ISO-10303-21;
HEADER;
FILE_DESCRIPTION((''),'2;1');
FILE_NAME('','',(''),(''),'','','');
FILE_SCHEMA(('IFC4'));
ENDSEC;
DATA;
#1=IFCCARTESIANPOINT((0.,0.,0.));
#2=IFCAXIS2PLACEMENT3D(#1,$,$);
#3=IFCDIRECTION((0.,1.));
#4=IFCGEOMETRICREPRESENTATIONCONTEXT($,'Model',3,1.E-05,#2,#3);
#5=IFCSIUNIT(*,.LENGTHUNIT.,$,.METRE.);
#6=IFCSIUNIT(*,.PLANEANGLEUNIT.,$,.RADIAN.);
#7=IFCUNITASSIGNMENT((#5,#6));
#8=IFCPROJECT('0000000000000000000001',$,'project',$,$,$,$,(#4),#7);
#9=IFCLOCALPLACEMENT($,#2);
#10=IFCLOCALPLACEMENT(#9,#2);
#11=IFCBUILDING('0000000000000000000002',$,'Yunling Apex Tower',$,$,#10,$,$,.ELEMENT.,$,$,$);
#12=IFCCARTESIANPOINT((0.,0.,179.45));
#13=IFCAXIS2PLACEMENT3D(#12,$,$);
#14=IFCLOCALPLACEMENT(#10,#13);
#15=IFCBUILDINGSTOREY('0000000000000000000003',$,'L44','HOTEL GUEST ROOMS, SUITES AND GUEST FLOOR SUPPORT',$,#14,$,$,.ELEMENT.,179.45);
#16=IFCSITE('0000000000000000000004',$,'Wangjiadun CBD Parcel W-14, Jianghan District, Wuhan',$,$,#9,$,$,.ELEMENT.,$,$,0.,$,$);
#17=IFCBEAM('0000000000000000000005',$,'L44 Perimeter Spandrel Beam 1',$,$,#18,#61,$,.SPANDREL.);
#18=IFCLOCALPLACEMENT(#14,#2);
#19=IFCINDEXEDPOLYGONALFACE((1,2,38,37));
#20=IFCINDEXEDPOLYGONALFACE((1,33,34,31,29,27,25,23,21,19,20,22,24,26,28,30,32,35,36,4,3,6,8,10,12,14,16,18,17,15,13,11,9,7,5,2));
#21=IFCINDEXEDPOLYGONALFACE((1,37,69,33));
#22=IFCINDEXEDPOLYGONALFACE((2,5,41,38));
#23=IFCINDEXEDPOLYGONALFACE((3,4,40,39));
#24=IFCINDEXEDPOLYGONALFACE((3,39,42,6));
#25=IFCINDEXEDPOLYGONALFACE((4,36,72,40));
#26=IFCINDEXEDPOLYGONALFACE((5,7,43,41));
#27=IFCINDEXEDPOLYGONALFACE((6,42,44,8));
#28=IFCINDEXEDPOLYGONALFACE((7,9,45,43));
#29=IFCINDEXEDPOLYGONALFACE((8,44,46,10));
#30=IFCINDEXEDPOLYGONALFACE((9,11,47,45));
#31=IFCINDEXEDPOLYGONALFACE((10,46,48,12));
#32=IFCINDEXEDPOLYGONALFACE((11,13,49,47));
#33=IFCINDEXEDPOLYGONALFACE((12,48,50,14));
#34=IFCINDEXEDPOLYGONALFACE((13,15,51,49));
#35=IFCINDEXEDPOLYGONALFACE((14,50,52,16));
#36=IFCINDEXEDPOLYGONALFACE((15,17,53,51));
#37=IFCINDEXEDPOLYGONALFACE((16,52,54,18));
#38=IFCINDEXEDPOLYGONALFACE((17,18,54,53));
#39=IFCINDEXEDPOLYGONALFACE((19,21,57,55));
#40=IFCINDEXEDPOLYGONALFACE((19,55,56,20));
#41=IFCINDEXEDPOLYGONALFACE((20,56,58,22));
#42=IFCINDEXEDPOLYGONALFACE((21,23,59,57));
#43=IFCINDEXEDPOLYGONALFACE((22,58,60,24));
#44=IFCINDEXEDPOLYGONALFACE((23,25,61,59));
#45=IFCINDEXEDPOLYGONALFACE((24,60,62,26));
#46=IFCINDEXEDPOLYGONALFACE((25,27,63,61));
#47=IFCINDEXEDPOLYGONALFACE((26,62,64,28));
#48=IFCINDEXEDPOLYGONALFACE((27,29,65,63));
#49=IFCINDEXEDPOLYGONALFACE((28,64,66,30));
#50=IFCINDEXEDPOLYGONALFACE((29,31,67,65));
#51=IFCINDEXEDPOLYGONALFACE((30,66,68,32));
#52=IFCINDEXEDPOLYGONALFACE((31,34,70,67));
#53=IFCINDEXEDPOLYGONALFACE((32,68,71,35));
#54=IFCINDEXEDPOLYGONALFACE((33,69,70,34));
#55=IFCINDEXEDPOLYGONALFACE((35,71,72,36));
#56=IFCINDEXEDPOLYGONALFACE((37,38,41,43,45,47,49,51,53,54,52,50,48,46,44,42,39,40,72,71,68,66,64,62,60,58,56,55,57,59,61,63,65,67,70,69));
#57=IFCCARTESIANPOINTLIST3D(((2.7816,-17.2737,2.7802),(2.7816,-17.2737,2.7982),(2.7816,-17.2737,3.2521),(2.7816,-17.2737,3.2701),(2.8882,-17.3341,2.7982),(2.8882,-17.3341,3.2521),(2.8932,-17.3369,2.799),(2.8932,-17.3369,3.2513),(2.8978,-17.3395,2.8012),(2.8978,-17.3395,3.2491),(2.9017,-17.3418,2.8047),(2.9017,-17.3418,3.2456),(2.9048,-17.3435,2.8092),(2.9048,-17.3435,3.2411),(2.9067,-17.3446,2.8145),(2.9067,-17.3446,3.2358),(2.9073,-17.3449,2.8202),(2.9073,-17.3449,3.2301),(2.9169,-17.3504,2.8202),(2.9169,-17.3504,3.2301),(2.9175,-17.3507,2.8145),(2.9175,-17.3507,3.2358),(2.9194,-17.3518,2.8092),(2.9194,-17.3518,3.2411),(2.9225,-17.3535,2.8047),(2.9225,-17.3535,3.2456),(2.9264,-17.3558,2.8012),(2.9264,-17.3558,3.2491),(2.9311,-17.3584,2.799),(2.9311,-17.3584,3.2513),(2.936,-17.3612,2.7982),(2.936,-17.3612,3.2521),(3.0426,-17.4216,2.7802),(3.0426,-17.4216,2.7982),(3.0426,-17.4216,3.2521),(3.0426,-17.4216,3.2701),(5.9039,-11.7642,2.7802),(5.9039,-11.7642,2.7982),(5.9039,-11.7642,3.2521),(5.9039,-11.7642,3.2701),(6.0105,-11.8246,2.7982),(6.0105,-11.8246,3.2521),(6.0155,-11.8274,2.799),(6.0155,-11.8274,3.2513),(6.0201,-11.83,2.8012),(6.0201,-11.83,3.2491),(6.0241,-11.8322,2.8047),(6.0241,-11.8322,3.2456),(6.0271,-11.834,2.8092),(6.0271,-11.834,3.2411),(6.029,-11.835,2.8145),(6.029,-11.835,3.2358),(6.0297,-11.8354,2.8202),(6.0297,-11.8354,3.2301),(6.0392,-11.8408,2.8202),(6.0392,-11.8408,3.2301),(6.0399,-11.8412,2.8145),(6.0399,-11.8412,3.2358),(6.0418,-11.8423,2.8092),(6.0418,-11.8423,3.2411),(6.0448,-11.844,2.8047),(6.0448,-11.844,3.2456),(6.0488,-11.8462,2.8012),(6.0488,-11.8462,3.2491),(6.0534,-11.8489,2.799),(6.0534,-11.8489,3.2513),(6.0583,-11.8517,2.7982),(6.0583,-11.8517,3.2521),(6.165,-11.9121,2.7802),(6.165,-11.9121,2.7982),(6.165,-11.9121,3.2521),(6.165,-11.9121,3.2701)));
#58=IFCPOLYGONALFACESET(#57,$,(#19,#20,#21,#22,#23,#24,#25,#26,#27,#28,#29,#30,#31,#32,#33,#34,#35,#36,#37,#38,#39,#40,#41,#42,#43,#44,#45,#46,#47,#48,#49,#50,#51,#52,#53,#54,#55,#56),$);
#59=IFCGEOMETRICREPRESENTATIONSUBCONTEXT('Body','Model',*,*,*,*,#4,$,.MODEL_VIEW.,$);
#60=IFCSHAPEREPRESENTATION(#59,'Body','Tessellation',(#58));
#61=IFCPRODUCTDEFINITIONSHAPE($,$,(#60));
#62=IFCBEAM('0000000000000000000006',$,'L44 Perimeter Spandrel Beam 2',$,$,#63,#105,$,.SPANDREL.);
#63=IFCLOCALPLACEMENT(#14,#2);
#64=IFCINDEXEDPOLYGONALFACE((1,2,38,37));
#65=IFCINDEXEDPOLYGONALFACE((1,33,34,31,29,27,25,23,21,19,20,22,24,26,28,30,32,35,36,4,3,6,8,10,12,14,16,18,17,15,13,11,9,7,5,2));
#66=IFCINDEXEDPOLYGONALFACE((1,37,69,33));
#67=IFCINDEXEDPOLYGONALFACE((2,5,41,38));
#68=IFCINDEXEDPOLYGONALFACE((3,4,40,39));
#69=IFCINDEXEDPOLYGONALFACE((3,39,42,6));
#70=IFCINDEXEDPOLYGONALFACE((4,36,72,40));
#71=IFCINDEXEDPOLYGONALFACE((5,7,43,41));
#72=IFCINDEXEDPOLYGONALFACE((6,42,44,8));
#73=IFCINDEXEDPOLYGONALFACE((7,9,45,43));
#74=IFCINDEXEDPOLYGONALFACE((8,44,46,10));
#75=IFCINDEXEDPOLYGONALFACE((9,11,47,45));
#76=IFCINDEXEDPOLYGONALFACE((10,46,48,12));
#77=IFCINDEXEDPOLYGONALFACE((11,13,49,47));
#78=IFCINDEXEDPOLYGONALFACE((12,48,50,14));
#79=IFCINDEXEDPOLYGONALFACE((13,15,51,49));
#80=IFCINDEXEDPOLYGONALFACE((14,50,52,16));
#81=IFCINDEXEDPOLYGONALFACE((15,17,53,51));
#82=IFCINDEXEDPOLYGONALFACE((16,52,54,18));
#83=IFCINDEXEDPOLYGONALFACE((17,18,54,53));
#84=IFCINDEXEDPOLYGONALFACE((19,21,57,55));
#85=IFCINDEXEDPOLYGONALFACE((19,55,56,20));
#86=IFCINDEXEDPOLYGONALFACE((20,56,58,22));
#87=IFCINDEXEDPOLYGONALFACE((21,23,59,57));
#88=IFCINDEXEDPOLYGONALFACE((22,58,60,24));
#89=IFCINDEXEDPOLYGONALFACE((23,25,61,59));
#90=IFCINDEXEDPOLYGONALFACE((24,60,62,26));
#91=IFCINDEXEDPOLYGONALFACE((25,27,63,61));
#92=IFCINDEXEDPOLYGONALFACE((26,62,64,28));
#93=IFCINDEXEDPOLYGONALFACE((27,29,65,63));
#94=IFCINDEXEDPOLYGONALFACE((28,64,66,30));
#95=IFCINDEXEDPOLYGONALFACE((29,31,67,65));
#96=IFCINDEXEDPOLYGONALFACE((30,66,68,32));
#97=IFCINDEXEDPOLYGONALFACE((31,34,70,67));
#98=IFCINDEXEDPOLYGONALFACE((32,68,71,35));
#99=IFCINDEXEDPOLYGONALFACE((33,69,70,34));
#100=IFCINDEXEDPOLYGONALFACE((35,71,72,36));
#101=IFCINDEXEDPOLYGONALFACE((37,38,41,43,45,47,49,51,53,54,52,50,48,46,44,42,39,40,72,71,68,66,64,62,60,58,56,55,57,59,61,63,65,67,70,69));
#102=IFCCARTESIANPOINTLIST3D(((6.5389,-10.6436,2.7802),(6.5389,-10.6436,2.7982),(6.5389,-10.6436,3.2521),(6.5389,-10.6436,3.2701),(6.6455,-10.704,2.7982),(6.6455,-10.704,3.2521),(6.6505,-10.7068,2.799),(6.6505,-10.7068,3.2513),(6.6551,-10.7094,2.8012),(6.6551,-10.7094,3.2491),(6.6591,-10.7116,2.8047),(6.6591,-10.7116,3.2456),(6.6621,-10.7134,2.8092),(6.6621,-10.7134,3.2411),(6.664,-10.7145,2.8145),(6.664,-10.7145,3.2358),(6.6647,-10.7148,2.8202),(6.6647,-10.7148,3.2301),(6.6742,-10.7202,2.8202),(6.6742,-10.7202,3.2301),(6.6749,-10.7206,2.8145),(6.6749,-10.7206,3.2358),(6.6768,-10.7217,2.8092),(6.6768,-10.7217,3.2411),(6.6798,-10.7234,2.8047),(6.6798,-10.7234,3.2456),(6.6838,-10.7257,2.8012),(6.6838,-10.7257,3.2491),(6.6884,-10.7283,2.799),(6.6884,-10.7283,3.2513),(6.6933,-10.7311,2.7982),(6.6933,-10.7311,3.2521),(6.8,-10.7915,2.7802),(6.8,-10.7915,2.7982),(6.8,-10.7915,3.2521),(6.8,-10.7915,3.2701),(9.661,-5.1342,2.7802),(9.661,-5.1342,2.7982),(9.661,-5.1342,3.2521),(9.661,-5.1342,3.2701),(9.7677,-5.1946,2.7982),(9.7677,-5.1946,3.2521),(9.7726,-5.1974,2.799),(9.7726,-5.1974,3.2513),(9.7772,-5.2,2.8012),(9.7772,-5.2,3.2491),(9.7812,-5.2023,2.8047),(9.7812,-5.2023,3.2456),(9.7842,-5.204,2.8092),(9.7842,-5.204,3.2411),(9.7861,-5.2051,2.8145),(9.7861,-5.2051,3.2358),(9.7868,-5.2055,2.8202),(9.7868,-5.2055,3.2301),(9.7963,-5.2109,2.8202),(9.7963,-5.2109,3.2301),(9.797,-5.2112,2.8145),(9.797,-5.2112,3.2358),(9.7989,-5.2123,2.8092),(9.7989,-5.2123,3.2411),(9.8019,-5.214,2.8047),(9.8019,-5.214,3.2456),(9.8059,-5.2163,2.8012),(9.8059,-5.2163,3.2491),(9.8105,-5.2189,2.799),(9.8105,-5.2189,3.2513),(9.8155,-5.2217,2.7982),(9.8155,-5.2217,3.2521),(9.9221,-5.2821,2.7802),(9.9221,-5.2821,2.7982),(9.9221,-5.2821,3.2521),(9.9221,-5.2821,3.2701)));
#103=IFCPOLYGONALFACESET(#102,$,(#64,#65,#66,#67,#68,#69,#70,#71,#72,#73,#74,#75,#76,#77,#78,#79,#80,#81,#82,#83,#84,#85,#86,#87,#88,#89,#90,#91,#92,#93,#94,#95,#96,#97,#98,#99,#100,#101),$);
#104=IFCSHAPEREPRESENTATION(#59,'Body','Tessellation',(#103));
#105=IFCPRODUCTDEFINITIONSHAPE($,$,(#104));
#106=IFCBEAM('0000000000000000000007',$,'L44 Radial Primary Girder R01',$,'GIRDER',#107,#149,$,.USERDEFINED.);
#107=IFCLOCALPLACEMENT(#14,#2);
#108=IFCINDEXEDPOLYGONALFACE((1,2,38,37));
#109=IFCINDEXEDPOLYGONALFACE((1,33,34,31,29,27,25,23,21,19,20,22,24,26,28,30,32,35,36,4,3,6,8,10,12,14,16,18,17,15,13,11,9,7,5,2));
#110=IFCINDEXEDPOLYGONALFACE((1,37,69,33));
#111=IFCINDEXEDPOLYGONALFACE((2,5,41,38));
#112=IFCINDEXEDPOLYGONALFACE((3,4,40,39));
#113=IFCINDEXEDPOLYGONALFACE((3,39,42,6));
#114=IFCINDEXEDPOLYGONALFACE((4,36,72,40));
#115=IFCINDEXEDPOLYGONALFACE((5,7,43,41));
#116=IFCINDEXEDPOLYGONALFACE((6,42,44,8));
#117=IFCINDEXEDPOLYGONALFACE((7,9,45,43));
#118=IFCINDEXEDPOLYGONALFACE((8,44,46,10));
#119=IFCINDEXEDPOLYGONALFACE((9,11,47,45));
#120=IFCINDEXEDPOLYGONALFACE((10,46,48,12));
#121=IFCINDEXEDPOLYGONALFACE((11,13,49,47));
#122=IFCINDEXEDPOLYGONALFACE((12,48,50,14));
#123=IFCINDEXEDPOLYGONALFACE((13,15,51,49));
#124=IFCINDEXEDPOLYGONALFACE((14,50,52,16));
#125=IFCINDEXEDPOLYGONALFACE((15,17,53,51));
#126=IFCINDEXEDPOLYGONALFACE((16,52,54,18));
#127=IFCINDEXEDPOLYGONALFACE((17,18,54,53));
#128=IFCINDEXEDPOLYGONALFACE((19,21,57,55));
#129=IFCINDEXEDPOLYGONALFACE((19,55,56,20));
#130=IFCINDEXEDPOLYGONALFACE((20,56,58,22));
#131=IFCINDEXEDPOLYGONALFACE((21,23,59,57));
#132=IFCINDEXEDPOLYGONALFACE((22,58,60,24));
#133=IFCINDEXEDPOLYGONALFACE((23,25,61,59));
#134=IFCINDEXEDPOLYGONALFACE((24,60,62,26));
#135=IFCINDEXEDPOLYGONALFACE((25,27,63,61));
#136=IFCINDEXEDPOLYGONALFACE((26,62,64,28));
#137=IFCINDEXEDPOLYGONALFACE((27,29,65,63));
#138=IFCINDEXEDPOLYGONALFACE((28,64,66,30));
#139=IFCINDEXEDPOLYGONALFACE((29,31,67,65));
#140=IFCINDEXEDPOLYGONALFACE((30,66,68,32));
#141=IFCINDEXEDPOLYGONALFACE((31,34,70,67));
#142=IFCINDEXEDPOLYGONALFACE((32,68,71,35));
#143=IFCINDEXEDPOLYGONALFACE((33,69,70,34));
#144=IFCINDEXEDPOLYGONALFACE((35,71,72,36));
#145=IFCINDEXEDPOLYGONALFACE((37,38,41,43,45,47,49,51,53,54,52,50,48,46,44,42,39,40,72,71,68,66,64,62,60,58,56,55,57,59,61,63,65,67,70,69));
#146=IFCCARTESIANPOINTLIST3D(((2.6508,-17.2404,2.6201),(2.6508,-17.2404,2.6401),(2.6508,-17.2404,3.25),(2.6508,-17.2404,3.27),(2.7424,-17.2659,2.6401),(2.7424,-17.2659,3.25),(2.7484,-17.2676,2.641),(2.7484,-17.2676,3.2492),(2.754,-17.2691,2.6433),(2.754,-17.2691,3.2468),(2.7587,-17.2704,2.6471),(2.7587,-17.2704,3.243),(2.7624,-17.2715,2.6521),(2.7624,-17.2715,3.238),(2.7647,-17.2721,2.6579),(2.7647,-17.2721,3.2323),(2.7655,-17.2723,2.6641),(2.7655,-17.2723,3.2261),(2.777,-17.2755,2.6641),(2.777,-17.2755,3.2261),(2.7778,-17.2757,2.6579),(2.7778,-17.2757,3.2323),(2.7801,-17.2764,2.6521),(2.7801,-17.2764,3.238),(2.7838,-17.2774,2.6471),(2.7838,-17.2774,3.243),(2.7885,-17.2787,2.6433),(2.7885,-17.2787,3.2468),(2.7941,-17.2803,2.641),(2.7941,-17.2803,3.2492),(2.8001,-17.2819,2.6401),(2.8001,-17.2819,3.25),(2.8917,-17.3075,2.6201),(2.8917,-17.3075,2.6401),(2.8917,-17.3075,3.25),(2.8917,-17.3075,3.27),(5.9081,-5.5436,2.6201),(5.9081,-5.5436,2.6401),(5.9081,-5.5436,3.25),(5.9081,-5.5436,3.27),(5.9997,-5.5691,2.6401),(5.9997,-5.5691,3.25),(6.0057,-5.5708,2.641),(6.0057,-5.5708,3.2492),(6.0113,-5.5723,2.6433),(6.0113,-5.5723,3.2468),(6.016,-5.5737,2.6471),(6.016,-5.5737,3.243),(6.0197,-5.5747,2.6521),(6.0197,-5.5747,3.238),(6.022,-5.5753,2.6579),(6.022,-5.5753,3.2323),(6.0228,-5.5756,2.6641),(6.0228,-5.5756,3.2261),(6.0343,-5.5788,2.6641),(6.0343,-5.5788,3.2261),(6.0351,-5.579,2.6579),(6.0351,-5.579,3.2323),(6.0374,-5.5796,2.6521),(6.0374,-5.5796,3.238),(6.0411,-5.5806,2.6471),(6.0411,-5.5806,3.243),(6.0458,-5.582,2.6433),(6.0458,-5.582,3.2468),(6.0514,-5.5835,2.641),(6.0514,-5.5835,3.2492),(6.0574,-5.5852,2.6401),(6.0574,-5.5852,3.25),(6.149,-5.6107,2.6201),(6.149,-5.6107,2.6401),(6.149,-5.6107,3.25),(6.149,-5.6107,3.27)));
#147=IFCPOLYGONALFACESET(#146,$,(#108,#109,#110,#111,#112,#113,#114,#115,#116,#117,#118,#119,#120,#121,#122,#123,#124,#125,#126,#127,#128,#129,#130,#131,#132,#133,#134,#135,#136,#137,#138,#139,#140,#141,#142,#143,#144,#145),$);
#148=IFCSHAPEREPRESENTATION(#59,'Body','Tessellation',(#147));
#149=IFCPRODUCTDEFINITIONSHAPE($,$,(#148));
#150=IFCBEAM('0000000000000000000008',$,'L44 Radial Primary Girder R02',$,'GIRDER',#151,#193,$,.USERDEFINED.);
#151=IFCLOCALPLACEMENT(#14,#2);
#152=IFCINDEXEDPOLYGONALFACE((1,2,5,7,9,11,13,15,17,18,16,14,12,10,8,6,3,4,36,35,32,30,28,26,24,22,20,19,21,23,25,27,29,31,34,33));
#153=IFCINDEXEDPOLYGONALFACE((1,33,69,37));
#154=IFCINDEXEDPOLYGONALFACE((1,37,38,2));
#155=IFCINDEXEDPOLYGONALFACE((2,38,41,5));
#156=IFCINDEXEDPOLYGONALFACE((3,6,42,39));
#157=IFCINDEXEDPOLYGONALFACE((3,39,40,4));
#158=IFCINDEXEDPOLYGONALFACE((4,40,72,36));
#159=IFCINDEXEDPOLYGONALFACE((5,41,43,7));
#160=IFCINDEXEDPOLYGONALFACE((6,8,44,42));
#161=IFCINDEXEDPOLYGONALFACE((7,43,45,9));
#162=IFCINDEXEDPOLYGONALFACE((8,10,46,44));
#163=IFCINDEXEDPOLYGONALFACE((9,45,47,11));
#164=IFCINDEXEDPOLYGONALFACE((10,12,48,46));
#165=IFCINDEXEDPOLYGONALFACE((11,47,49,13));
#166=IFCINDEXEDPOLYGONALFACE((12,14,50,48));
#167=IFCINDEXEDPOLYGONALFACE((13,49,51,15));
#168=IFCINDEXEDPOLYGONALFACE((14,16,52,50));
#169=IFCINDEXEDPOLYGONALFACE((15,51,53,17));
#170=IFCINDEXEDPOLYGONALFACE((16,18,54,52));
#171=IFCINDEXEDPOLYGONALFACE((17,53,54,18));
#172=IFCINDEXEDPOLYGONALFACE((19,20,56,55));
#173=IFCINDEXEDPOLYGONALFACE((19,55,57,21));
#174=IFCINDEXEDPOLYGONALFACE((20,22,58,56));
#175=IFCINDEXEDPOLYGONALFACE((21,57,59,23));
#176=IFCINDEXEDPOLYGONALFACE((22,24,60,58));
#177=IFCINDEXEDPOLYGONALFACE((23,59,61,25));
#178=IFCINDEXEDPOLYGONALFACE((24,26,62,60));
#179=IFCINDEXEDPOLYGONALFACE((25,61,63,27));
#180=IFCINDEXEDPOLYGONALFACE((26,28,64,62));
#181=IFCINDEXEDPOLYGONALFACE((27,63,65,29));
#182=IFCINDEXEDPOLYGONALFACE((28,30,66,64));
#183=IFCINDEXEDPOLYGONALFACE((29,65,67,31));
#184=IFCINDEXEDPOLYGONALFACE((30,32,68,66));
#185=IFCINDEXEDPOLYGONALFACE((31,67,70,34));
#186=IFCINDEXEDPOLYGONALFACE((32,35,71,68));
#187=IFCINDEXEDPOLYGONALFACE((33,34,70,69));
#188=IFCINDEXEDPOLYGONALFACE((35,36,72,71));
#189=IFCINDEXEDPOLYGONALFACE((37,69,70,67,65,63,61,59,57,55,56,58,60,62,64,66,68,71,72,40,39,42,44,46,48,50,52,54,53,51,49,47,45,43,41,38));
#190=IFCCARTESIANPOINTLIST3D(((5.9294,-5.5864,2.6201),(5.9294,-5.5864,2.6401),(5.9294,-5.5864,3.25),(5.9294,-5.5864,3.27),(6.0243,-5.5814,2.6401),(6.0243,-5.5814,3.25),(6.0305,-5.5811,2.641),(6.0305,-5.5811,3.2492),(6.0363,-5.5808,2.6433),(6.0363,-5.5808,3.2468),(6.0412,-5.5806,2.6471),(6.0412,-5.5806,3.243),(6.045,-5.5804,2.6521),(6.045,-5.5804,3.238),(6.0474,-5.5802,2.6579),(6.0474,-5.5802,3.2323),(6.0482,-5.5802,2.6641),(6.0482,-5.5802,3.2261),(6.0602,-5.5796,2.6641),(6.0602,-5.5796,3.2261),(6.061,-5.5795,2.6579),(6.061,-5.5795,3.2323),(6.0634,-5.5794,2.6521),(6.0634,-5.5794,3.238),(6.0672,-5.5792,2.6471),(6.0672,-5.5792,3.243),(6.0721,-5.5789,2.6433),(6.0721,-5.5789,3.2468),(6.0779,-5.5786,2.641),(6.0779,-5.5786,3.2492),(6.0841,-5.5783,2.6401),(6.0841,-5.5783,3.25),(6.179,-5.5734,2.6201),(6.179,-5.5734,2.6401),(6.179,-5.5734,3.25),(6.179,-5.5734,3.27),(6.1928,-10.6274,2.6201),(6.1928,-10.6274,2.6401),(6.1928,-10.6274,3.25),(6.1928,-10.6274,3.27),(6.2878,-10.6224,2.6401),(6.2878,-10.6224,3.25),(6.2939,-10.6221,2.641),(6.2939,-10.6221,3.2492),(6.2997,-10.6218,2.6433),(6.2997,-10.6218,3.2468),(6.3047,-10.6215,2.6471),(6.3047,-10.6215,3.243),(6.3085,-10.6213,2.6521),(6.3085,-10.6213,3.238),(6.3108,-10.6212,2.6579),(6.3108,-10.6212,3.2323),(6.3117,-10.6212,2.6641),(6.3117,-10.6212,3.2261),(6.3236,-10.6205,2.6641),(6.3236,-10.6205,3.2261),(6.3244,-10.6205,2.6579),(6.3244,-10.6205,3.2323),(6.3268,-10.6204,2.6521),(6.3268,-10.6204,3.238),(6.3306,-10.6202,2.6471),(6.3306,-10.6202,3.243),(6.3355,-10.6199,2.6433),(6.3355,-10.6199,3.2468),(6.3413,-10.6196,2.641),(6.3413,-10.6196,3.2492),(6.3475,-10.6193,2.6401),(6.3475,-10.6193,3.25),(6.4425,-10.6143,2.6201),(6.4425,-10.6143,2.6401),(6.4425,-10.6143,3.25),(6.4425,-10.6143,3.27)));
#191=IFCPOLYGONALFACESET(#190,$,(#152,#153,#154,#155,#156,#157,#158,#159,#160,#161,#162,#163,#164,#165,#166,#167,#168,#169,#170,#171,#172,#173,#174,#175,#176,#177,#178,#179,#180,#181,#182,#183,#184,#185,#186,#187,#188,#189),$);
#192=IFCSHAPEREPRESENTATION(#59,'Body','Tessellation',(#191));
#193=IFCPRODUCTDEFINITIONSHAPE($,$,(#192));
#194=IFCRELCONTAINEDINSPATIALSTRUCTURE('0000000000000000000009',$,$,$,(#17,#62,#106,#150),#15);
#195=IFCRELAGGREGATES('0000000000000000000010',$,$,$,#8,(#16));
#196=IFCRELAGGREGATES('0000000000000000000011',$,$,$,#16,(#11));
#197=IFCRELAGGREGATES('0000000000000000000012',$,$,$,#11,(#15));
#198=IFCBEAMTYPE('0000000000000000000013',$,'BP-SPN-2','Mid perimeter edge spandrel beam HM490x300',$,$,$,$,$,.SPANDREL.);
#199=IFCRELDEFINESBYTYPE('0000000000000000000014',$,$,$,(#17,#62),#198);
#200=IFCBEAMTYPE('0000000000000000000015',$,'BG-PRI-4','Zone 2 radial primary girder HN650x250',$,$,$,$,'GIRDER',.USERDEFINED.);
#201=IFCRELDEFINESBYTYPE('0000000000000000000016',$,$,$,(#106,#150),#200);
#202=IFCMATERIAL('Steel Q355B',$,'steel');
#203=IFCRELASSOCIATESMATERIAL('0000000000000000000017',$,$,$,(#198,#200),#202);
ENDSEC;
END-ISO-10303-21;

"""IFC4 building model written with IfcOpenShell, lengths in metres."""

from ifc_helpers import new_model, si_unit, direction, frame, origin, origin_2d, place, context, subcontext, project, spatial, i_section, extrude, source, transform, mapped, material, material_profile, profile_set, type_object, element, save


model = new_model("IFC4")

# Units and contexts
model_context = context("Model", 3, precision=1e-05, world=origin(), true_north=direction((0.0, 1.0)))
body_context = subcontext(model_context, "Body", "Model", "MODEL_VIEW")
ifc_project = project(units=[si_unit("LENGTHUNIT", "METRE"), si_unit("PLANEANGLEUNIT", "RADIAN")], contexts=[model_context])

# Site, building, storey
site_placement = place(None, origin())
site = spatial("IfcSite", under=ifc_project, at=site_placement, Name="Wangjiadun CBD Parcel W-14, Jianghan District, Wuhan", CompositionType="ELEMENT", RefElevation=0.0)
building_placement = place(site_placement, origin())
building = spatial("IfcBuilding", under=site, at=building_placement, Name="Yunling Apex Tower", CompositionType="ELEMENT")
storey_placement = place(building_placement, frame((0.0, 0.0, 179.45)))
storey = spatial("IfcBuildingStorey", under=building, at=storey_placement, Name="L44", Description="HOTEL GUEST ROOMS, SUITES AND GUEST FLOOR SUPPORT", CompositionType="ELEMENT", Elevation=179.45)

# Beams
ifc_material_1 = material(Name="Steel Q355B", Category="steel")
ifc_material_profile_1 = material_profile(ifc_material_1, i_section(OverallWidth=0.3, OverallDepth=0.49, WebThickness=0.011, FlangeThickness=0.0181, FilletRadius=0.022, at=origin_2d()))
ifc_profile_set_1 = profile_set([ifc_material_profile_1], Name="Steel Q355B")
beam_type_1 = type_object("IfcBeamType", Name="BP-SPN-2", Description="Mid perimeter edge spandrel beam HM490x300", PredefinedType="SPANDREL", material=ifc_profile_set_1)
shared_shape_1 = source(origin(), body_context, "Body", "SweptSolid", [
    extrude(i_section(OverallWidth=0.3, OverallDepth=0.49, WebThickness=0.011, FlangeThickness=0.0181, FilletRadius=0.022, at=origin_2d()), origin(), (0.0, 0.0, 1.0), 6.3328),
])
beam_1_placement = place(storey_placement, frame((2.9121, -17.3477, 3.0251), z_axis=(0.493043, 0.870005, 0.0), x_axis=(-0.870005, 0.493043, 0.0)))
element("IfcBeam", 1, at=beam_1_placement, inside=storey, type_object=beam_type_1, Name="L44 Perimeter Spandrel Beam 1", PredefinedType="SPANDREL", context=body_context, shape_type="MappedRepresentation", body=[
    mapped(shared_shape_1, transform((0.0, 0.0, 0.0), scale=1.0)),
])
shared_shape_2 = source(origin(), body_context, "Body", "SweptSolid", [
    extrude(i_section(OverallWidth=0.3, OverallDepth=0.49, WebThickness=0.011, FlangeThickness=0.0181, FilletRadius=0.022, at=origin_2d()), origin(), (0.0, 0.0, 1.0), 6.3325),
])
beam_2_placement = place(storey_placement, frame((6.6694, -10.7175, 3.0251), z_axis=(0.49303, 0.870012, 0.0), x_axis=(-0.870012, 0.49303, 0.0)))
element("IfcBeam", 2, at=beam_2_placement, inside=storey, type_object=beam_type_1, Name="L44 Perimeter Spandrel Beam 2", PredefinedType="SPANDREL", context=body_context, shape_type="MappedRepresentation", body=[
    mapped(shared_shape_2, transform((0.0, 0.0, 0.0), scale=1.0)),
])
ifc_material_profile_2 = material_profile(ifc_material_1, i_section(OverallWidth=0.25, OverallDepth=0.6499, WebThickness=0.012, FlangeThickness=0.02, FilletRadius=0.0239, at=origin_2d()))
ifc_profile_set_2 = profile_set([ifc_material_profile_2], Name="Steel Q355B")
beam_type_2 = type_object("IfcBeamType", Name="BG-PRI-4", Description="Zone 2 radial primary girder HN650x250", ElementType="GIRDER", PredefinedType="USERDEFINED", material=ifc_profile_set_2)
shared_shape_3 = source(origin(), body_context, "Body", "SweptSolid", [
    extrude(i_section(OverallWidth=0.25, OverallDepth=0.6499, WebThickness=0.012, FlangeThickness=0.02, FilletRadius=0.0239, at=origin_2d()), origin(), (0.0, 0.0, 1.0), 12.1418),
])
beam_3_placement = place(storey_placement, frame((2.7712, -17.2739, 2.9451), z_axis=(0.268272, 0.963343, 0.0), x_axis=(-0.963343, 0.268272, 0.0)))
element("IfcBeam", 3, at=beam_3_placement, inside=storey, type_object=beam_type_2, Name="L44 Radial Primary Girder R01", ObjectType="GIRDER", PredefinedType="USERDEFINED", context=body_context, shape_type="MappedRepresentation", body=[
    mapped(shared_shape_3, transform((0.0, 0.0, 0.0), scale=1.0)),
])
shared_shape_4 = source(origin(), body_context, "Body", "SweptSolid", [
    extrude(i_section(OverallWidth=0.25, OverallDepth=0.6499, WebThickness=0.012, FlangeThickness=0.02, FilletRadius=0.0239, at=origin_2d()), origin(), (0.0, 0.0, 1.0), 5.0479),
])
beam_4_placement = place(storey_placement, frame((6.3176, -10.6208, 2.9451), z_axis=(-0.052186, 0.998637, 0.0), x_axis=(-0.998637, -0.052186, 0.0)))
element("IfcBeam", 4, at=beam_4_placement, inside=storey, type_object=beam_type_2, Name="L44 Radial Primary Girder R02", ObjectType="GIRDER", PredefinedType="USERDEFINED", context=body_context, shape_type="MappedRepresentation", body=[
    mapped(shared_shape_4, transform((0.0, 0.0, 0.0), scale=1.0)),
])

save(model, "model.ifc")
